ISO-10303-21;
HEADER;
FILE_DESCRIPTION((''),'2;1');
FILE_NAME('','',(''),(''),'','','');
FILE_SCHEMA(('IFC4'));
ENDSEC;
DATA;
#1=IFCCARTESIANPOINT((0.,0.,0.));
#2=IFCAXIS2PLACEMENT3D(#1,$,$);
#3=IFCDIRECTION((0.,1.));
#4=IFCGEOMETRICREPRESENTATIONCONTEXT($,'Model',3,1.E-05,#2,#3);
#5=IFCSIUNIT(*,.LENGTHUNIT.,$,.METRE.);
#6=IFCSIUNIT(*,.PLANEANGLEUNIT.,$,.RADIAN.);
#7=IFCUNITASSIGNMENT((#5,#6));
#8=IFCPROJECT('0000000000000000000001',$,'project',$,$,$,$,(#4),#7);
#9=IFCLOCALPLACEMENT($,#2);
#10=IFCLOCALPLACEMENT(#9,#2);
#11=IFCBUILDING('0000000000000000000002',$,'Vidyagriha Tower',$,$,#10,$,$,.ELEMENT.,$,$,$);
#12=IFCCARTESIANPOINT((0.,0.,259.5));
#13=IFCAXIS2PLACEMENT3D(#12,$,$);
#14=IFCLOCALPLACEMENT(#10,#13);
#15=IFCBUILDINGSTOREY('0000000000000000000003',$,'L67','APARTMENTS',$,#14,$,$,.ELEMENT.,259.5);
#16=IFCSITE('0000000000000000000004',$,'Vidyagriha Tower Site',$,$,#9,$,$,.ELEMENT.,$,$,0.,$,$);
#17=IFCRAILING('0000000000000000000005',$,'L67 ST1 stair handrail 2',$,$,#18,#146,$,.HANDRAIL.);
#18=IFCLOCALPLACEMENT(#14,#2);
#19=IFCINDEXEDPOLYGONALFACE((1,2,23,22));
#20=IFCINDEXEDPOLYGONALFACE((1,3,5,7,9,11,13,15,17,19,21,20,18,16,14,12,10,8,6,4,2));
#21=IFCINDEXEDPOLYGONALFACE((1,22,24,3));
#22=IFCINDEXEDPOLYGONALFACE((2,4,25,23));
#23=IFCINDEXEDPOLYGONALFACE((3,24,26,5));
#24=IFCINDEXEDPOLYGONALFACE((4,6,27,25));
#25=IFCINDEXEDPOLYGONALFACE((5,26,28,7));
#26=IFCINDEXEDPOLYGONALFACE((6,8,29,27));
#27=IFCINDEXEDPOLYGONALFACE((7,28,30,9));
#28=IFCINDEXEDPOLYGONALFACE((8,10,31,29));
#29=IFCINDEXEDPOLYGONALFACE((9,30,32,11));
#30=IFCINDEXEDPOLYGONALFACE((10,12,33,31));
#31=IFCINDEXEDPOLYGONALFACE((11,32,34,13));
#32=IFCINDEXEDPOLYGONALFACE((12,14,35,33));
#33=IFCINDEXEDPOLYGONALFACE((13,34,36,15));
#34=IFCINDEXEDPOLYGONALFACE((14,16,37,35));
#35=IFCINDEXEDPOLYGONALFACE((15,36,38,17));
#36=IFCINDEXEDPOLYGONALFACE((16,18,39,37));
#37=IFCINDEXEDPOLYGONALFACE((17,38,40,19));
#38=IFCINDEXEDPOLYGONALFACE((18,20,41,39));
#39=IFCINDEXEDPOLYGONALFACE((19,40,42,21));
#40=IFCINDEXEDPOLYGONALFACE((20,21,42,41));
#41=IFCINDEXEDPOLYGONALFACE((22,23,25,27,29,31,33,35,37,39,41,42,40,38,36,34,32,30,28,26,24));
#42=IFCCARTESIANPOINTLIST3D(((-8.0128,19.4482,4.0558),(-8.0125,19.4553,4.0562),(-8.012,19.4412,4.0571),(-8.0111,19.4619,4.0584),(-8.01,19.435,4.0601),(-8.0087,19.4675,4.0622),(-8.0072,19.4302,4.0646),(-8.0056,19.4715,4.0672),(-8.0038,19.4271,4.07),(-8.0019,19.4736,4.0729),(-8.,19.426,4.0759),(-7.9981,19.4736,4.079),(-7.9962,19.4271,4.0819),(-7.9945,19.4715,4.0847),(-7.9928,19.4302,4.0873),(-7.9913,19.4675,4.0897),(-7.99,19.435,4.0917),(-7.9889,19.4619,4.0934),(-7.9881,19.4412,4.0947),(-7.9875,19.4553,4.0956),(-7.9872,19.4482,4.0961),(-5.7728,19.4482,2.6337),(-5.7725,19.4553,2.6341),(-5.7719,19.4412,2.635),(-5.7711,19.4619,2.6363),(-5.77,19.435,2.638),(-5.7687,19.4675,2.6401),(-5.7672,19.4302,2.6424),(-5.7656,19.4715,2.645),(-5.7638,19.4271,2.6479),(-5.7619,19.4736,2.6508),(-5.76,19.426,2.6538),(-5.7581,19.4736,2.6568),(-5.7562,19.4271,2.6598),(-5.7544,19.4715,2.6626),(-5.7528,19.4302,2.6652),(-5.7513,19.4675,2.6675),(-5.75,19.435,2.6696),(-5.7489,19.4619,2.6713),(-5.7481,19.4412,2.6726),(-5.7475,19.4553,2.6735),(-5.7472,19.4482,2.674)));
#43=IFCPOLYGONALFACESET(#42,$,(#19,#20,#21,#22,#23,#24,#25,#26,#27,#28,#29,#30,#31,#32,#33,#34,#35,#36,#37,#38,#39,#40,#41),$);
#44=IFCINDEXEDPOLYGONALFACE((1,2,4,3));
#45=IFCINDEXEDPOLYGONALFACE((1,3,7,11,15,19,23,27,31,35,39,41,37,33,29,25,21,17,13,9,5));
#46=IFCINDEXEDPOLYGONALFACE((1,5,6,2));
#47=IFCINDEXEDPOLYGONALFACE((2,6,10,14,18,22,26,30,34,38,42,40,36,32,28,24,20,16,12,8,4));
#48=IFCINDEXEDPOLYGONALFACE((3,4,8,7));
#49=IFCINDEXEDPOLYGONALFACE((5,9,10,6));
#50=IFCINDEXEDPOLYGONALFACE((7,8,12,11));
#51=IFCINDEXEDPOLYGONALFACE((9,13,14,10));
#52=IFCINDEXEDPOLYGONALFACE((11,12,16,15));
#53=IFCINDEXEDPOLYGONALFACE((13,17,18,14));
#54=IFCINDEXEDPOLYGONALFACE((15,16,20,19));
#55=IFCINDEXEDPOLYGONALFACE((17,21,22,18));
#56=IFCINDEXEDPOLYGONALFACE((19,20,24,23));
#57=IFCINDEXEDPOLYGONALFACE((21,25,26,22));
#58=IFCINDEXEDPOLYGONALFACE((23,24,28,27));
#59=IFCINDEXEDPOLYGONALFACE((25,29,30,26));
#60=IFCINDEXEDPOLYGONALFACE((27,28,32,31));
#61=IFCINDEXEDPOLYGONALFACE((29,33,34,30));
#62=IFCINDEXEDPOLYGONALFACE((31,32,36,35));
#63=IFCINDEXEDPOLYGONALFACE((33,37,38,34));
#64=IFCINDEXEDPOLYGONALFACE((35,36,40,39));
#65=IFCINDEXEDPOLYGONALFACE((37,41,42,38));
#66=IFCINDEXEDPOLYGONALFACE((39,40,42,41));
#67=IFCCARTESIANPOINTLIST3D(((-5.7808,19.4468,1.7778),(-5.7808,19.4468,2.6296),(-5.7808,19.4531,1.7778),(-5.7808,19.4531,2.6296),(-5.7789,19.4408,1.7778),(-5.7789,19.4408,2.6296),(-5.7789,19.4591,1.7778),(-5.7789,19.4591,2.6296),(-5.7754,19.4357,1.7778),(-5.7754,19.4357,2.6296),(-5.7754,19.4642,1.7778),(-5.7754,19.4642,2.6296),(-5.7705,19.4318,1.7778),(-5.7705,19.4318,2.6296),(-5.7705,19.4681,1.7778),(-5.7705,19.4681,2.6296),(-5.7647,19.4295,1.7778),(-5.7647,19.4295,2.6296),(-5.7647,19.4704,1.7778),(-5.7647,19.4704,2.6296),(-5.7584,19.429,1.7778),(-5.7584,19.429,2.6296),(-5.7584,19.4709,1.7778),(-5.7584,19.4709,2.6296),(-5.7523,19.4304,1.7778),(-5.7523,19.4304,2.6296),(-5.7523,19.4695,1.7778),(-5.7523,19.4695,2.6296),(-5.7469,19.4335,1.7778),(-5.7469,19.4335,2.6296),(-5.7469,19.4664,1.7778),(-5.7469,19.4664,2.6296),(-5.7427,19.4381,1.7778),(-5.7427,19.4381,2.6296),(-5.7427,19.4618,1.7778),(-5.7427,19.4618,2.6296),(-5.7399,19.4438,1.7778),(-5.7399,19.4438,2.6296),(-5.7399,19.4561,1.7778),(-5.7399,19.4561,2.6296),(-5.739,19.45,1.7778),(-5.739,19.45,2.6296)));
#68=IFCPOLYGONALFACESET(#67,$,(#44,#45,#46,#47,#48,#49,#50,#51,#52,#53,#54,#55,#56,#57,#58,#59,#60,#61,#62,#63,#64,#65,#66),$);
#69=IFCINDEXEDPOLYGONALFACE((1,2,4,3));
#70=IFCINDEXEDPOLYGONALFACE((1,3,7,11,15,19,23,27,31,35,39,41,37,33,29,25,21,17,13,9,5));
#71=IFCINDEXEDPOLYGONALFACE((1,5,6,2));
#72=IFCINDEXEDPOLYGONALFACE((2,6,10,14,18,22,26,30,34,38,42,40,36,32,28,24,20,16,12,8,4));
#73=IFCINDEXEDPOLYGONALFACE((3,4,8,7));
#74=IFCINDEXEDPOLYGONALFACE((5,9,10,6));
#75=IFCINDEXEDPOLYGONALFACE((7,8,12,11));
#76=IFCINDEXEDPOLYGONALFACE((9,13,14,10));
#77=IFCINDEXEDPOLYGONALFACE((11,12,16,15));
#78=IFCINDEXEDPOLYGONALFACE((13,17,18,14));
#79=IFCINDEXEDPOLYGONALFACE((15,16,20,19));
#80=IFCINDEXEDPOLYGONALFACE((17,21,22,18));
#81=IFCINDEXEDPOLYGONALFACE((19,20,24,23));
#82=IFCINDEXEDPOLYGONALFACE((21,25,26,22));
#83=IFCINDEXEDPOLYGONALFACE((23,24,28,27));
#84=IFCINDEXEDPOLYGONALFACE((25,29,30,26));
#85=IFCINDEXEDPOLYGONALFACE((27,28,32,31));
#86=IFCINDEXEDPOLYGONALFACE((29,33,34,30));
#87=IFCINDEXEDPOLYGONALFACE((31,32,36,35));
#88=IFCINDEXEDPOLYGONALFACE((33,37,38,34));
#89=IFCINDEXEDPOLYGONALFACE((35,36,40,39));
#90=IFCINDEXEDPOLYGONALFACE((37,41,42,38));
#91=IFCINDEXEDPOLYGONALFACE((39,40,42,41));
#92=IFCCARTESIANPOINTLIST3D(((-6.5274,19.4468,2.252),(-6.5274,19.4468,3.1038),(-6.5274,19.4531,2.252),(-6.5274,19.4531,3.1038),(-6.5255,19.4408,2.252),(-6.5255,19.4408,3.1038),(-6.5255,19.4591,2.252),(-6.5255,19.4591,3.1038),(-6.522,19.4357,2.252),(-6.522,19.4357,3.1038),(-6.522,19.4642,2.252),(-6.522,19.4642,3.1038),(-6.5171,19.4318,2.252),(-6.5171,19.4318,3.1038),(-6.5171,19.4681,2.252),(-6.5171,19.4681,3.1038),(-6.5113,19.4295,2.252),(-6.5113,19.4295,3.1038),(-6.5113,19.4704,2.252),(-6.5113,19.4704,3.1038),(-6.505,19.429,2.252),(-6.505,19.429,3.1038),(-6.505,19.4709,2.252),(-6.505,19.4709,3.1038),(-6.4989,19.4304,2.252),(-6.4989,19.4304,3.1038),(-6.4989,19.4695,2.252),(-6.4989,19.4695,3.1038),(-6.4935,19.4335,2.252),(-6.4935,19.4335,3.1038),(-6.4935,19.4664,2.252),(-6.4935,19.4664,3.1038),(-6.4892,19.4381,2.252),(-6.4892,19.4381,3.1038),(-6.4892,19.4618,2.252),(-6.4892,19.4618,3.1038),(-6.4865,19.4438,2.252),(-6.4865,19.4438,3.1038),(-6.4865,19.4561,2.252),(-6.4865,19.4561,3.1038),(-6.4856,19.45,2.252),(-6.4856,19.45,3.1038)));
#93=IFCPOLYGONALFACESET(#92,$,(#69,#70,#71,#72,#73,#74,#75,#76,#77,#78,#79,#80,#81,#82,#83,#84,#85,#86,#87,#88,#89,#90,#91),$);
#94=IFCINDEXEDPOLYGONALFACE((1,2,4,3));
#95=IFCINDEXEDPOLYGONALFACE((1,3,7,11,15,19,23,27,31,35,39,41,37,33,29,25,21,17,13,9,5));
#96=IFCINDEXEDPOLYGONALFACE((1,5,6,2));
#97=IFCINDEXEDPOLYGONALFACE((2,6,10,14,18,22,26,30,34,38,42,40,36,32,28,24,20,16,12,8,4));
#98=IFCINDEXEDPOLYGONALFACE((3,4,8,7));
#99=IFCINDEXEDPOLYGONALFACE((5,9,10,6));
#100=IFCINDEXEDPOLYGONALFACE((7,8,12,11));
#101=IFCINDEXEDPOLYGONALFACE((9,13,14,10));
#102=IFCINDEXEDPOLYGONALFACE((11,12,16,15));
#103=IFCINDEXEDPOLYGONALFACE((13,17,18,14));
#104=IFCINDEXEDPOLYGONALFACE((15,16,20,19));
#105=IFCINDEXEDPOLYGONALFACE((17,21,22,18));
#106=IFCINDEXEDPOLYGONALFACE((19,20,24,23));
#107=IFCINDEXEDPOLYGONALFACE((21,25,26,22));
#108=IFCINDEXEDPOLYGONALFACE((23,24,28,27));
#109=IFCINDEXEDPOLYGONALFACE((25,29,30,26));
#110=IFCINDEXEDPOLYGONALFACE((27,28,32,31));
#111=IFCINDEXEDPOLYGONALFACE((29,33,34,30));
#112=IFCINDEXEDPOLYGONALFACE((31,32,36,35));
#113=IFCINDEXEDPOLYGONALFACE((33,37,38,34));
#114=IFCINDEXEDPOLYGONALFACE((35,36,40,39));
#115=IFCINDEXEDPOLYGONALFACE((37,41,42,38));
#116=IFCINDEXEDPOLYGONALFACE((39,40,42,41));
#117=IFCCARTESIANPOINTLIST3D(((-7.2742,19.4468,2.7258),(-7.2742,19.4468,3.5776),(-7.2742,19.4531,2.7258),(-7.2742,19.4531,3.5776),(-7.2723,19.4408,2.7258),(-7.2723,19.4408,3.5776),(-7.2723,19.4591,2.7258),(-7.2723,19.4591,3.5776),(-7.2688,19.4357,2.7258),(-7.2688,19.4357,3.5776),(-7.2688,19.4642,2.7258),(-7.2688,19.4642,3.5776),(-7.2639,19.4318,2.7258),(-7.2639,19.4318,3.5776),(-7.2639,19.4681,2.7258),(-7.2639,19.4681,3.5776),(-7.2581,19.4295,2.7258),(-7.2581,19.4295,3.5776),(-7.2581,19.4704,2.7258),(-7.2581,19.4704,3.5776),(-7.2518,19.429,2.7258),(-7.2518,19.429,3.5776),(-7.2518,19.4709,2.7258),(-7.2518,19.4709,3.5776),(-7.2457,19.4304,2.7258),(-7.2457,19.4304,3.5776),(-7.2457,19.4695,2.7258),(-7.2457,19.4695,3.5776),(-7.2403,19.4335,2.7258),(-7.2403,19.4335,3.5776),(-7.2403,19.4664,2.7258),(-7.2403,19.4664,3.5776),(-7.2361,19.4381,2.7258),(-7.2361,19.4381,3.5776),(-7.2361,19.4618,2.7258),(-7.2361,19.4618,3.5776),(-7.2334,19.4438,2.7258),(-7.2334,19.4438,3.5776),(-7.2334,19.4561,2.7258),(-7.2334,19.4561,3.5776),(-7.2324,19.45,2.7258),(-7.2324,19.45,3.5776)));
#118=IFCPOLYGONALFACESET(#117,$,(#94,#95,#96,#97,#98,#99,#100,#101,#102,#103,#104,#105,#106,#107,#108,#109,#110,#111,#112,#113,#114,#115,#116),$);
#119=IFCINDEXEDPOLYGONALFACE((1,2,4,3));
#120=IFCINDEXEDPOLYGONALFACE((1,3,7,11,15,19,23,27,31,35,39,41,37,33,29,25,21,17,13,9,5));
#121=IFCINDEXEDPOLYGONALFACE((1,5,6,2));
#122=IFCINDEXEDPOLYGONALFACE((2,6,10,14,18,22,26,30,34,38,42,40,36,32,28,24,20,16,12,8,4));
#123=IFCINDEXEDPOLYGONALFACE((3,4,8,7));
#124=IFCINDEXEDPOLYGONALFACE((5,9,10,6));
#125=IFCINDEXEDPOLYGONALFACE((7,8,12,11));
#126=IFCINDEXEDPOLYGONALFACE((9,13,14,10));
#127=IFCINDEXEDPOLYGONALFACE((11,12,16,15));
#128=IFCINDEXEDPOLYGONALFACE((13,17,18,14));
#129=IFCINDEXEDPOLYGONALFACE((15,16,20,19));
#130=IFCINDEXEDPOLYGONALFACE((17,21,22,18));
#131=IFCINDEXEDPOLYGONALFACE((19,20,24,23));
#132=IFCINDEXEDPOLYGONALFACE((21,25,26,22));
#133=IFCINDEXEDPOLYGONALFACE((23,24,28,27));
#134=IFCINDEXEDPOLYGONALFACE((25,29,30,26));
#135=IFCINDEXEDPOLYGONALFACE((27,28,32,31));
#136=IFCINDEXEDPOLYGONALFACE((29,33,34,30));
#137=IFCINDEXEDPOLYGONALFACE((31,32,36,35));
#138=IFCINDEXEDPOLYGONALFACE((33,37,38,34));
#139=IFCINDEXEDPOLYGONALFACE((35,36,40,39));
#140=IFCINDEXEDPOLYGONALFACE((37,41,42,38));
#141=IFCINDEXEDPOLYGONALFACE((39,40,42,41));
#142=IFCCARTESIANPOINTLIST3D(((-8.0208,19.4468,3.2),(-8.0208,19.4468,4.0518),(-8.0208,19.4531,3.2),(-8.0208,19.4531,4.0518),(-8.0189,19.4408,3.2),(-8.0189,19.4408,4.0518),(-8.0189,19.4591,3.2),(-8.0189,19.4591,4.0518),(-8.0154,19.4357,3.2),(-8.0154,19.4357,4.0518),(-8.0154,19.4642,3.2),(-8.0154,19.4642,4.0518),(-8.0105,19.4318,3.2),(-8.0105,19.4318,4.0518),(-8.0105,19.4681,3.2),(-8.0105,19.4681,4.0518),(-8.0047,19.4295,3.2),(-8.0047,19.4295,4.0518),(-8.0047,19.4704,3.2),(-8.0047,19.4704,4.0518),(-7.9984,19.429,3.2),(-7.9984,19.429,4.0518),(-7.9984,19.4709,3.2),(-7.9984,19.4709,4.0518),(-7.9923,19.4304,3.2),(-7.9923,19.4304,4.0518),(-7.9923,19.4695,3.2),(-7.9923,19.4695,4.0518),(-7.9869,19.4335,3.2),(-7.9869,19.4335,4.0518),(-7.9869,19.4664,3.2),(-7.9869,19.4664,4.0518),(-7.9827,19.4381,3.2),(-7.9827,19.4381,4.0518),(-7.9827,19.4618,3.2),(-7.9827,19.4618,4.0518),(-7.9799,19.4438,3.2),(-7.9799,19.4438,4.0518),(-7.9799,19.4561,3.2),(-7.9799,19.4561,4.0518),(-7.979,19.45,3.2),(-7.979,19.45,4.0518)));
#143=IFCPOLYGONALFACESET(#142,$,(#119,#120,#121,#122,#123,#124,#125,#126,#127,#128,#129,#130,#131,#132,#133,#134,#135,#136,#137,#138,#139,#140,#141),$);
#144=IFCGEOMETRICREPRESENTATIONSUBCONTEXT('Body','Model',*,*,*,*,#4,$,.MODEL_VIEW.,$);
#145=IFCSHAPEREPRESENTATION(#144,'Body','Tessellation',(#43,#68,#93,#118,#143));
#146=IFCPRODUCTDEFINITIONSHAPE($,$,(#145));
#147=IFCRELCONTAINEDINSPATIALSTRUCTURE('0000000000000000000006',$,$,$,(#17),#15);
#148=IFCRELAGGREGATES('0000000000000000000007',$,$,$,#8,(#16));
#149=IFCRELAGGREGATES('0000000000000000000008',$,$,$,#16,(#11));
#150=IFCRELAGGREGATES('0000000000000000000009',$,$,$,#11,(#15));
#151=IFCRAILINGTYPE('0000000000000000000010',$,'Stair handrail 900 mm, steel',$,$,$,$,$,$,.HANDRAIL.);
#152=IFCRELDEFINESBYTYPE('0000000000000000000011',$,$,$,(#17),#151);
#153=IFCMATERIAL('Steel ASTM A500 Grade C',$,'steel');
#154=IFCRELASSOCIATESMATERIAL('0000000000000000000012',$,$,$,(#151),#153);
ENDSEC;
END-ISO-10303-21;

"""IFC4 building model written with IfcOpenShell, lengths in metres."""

from ifc_helpers import new_model, si_unit, direction, frame, origin, origin_2d, place, context, subcontext, project, spatial, circle, extrude, material, type_object, element, save


model = new_model("IFC4")

# Units and contexts
model_context = context("Model", 3, precision=1e-05, world=origin(), true_north=direction((0.0, 1.0)))
body_context = subcontext(model_context, "Body", "Model", "MODEL_VIEW")
ifc_project = project(units=[si_unit("LENGTHUNIT", "METRE"), si_unit("PLANEANGLEUNIT", "RADIAN")], contexts=[model_context])

# Site, building, storey
site_placement = place(None, origin())
site = spatial("IfcSite", under=ifc_project, at=site_placement, Name="Vidyagriha Tower Site", CompositionType="ELEMENT", RefElevation=0.0)
building_placement = place(site_placement, origin())
building = spatial("IfcBuilding", under=site, at=building_placement, Name="Vidyagriha Tower", CompositionType="ELEMENT")
storey_placement = place(building_placement, frame((0.0, 0.0, 259.5)))
storey = spatial("IfcBuildingStorey", under=building, at=storey_placement, Name="L67", Description="APARTMENTS", CompositionType="ELEMENT", Elevation=259.5)

# Railing
ifc_material_1 = material(Name="Steel ASTM A500 Grade C", Category="steel")
railing_type_1 = type_object("IfcRailingType", Name="Stair handrail 900 mm, steel", PredefinedType="HANDRAIL", material=ifc_material_1)
railing_1_placement = place(storey_placement, frame((-5.76, 19.45, 1.7778)))
element("IfcRailing", 1, at=railing_1_placement, inside=storey, type_object=railing_type_1, Name="L67 ST1 stair handrail 2", PredefinedType="HANDRAIL", context=body_context, shape_type="SweptSolid", body=[
    extrude(circle(Radius=0.0239, at=origin_2d()), frame((0.0, 0.0, 0.876), z_axis=(-0.844229, 0.0, 0.535982), x_axis=(0.0, -1.0, 0.0)), (0.0, 0.0, 1.0), 2.6533),
    extrude(circle(Radius=0.021, at=origin_2d()), origin(), (0.0, 0.0, 1.0), 0.8518),
    extrude(circle(Radius=0.021, at=origin_2d()), frame((-0.7466, 0.0, 0.4741)), (0.0, 0.0, 1.0), 0.8518),
    extrude(circle(Radius=0.021, at=origin_2d()), frame((-1.4934, 0.0, 0.948)), (0.0, 0.0, 1.0), 0.8518),
    extrude(circle(Radius=0.021, at=origin_2d()), frame((-2.24, 0.0, 1.4221)), (0.0, 0.0, 1.0), 0.8518),
])

save(model, "model.ifc")
